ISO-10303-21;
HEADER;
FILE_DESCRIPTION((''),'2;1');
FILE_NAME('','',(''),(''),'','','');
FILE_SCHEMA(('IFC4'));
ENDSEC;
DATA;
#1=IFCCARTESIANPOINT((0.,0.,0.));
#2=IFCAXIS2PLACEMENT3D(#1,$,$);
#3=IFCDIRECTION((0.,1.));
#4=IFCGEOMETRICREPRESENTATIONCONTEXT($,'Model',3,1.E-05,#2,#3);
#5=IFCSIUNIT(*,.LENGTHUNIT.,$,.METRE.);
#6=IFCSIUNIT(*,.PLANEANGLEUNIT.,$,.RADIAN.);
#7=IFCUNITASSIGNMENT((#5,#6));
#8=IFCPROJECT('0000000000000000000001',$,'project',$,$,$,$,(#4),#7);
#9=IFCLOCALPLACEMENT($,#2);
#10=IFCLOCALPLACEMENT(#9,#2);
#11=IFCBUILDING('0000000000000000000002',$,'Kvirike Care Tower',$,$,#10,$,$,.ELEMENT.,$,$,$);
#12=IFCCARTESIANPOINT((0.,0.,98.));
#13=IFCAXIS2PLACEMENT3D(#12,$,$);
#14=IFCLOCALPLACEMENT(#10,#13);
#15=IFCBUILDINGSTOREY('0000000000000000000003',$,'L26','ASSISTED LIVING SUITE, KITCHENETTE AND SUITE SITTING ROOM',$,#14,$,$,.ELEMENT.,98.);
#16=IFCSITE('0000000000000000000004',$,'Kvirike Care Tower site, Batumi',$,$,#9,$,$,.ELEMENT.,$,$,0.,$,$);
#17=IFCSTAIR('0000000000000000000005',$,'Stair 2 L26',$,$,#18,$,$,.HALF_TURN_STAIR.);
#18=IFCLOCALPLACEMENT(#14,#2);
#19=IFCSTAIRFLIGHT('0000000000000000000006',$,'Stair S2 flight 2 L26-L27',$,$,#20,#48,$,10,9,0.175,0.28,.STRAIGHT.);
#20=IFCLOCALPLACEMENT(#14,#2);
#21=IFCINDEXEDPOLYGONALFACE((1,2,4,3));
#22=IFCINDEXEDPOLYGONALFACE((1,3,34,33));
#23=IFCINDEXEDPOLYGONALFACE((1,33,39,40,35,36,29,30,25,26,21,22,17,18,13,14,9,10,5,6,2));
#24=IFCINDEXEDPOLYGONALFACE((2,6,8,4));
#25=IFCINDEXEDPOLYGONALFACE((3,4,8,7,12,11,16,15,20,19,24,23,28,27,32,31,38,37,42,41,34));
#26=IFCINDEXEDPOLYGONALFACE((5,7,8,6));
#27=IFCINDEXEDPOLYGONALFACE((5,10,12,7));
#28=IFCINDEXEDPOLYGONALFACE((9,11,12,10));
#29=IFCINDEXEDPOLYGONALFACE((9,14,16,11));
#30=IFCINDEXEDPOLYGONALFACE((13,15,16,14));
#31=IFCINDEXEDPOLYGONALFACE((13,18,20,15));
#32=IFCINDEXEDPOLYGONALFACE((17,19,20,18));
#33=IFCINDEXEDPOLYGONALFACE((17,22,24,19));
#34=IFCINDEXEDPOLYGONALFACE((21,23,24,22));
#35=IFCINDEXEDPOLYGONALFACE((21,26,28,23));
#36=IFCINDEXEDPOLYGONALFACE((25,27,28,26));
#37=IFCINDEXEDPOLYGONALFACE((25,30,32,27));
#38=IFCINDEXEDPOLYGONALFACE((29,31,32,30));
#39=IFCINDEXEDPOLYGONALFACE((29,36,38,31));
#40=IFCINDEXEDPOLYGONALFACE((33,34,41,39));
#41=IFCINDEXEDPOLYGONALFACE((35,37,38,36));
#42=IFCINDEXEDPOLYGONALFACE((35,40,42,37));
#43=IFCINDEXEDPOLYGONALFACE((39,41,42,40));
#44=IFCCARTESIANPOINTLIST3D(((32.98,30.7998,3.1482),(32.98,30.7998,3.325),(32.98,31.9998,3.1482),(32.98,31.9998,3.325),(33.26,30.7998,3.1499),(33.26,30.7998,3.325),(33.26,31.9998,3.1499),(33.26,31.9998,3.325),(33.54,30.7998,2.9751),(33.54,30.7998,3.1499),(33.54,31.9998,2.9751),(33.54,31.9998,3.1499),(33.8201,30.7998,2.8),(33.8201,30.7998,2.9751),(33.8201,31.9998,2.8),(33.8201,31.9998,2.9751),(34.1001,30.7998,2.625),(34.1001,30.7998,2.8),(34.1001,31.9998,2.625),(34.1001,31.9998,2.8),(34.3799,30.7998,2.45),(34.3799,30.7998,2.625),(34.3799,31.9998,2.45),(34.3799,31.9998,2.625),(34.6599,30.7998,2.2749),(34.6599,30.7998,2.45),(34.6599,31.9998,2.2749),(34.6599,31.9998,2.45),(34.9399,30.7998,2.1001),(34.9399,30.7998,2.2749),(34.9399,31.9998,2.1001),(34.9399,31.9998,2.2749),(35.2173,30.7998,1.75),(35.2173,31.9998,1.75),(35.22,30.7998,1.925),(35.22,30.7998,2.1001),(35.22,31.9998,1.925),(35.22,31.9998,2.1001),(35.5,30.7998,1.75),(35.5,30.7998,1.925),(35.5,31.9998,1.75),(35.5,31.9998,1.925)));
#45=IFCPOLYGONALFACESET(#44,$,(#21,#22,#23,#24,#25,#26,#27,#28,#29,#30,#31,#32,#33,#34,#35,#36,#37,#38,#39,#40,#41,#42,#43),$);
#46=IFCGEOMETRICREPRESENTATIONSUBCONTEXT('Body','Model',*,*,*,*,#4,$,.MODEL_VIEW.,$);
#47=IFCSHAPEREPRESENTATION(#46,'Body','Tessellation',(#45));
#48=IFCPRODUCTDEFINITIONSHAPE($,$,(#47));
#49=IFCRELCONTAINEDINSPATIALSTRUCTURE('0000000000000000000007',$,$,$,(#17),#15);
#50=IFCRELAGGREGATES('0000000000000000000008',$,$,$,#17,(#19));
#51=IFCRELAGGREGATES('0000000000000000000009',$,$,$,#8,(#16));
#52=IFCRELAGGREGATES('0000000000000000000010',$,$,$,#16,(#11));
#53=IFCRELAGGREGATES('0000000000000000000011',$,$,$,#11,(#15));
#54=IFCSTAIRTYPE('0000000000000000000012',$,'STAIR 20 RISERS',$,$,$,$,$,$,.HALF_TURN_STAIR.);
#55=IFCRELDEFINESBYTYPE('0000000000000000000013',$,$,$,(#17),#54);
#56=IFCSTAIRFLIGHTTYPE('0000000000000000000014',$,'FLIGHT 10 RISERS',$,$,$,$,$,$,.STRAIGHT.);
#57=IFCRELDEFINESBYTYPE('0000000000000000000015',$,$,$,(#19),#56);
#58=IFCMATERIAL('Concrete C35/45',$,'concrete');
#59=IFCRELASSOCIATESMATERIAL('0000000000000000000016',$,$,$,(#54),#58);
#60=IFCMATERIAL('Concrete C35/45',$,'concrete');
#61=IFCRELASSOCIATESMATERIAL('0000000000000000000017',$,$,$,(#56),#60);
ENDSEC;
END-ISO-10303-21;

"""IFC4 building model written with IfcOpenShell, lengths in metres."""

from ifc_helpers import new_model, si_unit, direction, frame, origin, place, context, subcontext, project, spatial, polyline, outline, extrude, material, type_object, element, aggregate, save


model = new_model("IFC4")

# Units and contexts
model_context = context("Model", 3, precision=1e-05, world=origin(), true_north=direction((0.0, 1.0)))
body_context = subcontext(model_context, "Body", "Model", "MODEL_VIEW")
ifc_project = project(units=[si_unit("LENGTHUNIT", "METRE"), si_unit("PLANEANGLEUNIT", "RADIAN")], contexts=[model_context])

# Site, building, storey
site_placement = place(None, origin())
site = spatial("IfcSite", under=ifc_project, at=site_placement, Name="Kvirike Care Tower site, Batumi", CompositionType="ELEMENT", RefElevation=0.0)
building_placement = place(site_placement, origin())
building = spatial("IfcBuilding", under=site, at=building_placement, Name="Kvirike Care Tower", CompositionType="ELEMENT")
storey_placement = place(building_placement, frame((0.0, 0.0, 98.0)))
storey = spatial("IfcBuildingStorey", under=building, at=storey_placement, Name="L26", Description="ASSISTED LIVING SUITE, KITCHENETTE AND SUITE SITTING ROOM", CompositionType="ELEMENT", Elevation=98.0)

# Stair, stair flight
ifc_material_1 = material(Name="Concrete C35/45", Category="concrete")
stair_type = type_object("IfcStairType", Name="STAIR 20 RISERS", PredefinedType="HALF_TURN_STAIR", material=ifc_material_1)
stair_placement = place(storey_placement, origin())
stair = element("IfcStair", 1, at=stair_placement, inside=storey, type_object=stair_type, Name="Stair 2 L26", PredefinedType="HALF_TURN_STAIR")
ifc_material_2 = material(Name="Concrete C35/45", Category="concrete")
stair_flight_type = type_object("IfcStairFlightType", Name="FLIGHT 10 RISERS", PredefinedType="STRAIGHT", material=ifc_material_2)
stair_flight_placement = place(storey_placement, frame((35.5, 31.3999, 1.75), z_axis=(0.0, 0.0, 1.0), x_axis=(-1.0, 0.0, 0.0)))
stair_flight = element("IfcStairFlight", 2, at=stair_flight_placement, type_object=stair_flight_type, Name="Stair S2 flight 2 L26-L27", NumberOfRisers=10, NumberOfTreads=9, PredefinedType="STRAIGHT", RiserHeight=0.175, TreadLength=0.28, context=body_context, shape_type="SweptSolid", body=[
    extrude(outline(polyline([(0.0, 0.0), (0.0, 0.175), (0.28, 0.175), (0.28, 0.3501), (0.5601, 0.3501), (0.5601, 0.5249), (0.8401, 0.5249), (0.8401, 0.7), (1.1201, 0.7), (1.1201, 0.875), (1.3999, 0.875), (1.3999, 1.05), (1.6799, 1.05), (1.6799, 1.2251), (1.96, 1.2251), (1.96, 1.3999), (2.24, 1.3999), (2.24, 1.575), (2.52, 1.575), (2.52, 1.75), (2.52, 1.3982), (0.2827, 0.0), (0.0, 0.0)])), frame((0.0, 0.6001, 0.0), z_axis=(0.0, -1.0, 0.0), x_axis=(1.0, 0.0, 0.0)), (0.0, 0.0, 1.0), 1.2),
])
aggregate(stair, [stair_flight])

save(model, "model.ifc")
